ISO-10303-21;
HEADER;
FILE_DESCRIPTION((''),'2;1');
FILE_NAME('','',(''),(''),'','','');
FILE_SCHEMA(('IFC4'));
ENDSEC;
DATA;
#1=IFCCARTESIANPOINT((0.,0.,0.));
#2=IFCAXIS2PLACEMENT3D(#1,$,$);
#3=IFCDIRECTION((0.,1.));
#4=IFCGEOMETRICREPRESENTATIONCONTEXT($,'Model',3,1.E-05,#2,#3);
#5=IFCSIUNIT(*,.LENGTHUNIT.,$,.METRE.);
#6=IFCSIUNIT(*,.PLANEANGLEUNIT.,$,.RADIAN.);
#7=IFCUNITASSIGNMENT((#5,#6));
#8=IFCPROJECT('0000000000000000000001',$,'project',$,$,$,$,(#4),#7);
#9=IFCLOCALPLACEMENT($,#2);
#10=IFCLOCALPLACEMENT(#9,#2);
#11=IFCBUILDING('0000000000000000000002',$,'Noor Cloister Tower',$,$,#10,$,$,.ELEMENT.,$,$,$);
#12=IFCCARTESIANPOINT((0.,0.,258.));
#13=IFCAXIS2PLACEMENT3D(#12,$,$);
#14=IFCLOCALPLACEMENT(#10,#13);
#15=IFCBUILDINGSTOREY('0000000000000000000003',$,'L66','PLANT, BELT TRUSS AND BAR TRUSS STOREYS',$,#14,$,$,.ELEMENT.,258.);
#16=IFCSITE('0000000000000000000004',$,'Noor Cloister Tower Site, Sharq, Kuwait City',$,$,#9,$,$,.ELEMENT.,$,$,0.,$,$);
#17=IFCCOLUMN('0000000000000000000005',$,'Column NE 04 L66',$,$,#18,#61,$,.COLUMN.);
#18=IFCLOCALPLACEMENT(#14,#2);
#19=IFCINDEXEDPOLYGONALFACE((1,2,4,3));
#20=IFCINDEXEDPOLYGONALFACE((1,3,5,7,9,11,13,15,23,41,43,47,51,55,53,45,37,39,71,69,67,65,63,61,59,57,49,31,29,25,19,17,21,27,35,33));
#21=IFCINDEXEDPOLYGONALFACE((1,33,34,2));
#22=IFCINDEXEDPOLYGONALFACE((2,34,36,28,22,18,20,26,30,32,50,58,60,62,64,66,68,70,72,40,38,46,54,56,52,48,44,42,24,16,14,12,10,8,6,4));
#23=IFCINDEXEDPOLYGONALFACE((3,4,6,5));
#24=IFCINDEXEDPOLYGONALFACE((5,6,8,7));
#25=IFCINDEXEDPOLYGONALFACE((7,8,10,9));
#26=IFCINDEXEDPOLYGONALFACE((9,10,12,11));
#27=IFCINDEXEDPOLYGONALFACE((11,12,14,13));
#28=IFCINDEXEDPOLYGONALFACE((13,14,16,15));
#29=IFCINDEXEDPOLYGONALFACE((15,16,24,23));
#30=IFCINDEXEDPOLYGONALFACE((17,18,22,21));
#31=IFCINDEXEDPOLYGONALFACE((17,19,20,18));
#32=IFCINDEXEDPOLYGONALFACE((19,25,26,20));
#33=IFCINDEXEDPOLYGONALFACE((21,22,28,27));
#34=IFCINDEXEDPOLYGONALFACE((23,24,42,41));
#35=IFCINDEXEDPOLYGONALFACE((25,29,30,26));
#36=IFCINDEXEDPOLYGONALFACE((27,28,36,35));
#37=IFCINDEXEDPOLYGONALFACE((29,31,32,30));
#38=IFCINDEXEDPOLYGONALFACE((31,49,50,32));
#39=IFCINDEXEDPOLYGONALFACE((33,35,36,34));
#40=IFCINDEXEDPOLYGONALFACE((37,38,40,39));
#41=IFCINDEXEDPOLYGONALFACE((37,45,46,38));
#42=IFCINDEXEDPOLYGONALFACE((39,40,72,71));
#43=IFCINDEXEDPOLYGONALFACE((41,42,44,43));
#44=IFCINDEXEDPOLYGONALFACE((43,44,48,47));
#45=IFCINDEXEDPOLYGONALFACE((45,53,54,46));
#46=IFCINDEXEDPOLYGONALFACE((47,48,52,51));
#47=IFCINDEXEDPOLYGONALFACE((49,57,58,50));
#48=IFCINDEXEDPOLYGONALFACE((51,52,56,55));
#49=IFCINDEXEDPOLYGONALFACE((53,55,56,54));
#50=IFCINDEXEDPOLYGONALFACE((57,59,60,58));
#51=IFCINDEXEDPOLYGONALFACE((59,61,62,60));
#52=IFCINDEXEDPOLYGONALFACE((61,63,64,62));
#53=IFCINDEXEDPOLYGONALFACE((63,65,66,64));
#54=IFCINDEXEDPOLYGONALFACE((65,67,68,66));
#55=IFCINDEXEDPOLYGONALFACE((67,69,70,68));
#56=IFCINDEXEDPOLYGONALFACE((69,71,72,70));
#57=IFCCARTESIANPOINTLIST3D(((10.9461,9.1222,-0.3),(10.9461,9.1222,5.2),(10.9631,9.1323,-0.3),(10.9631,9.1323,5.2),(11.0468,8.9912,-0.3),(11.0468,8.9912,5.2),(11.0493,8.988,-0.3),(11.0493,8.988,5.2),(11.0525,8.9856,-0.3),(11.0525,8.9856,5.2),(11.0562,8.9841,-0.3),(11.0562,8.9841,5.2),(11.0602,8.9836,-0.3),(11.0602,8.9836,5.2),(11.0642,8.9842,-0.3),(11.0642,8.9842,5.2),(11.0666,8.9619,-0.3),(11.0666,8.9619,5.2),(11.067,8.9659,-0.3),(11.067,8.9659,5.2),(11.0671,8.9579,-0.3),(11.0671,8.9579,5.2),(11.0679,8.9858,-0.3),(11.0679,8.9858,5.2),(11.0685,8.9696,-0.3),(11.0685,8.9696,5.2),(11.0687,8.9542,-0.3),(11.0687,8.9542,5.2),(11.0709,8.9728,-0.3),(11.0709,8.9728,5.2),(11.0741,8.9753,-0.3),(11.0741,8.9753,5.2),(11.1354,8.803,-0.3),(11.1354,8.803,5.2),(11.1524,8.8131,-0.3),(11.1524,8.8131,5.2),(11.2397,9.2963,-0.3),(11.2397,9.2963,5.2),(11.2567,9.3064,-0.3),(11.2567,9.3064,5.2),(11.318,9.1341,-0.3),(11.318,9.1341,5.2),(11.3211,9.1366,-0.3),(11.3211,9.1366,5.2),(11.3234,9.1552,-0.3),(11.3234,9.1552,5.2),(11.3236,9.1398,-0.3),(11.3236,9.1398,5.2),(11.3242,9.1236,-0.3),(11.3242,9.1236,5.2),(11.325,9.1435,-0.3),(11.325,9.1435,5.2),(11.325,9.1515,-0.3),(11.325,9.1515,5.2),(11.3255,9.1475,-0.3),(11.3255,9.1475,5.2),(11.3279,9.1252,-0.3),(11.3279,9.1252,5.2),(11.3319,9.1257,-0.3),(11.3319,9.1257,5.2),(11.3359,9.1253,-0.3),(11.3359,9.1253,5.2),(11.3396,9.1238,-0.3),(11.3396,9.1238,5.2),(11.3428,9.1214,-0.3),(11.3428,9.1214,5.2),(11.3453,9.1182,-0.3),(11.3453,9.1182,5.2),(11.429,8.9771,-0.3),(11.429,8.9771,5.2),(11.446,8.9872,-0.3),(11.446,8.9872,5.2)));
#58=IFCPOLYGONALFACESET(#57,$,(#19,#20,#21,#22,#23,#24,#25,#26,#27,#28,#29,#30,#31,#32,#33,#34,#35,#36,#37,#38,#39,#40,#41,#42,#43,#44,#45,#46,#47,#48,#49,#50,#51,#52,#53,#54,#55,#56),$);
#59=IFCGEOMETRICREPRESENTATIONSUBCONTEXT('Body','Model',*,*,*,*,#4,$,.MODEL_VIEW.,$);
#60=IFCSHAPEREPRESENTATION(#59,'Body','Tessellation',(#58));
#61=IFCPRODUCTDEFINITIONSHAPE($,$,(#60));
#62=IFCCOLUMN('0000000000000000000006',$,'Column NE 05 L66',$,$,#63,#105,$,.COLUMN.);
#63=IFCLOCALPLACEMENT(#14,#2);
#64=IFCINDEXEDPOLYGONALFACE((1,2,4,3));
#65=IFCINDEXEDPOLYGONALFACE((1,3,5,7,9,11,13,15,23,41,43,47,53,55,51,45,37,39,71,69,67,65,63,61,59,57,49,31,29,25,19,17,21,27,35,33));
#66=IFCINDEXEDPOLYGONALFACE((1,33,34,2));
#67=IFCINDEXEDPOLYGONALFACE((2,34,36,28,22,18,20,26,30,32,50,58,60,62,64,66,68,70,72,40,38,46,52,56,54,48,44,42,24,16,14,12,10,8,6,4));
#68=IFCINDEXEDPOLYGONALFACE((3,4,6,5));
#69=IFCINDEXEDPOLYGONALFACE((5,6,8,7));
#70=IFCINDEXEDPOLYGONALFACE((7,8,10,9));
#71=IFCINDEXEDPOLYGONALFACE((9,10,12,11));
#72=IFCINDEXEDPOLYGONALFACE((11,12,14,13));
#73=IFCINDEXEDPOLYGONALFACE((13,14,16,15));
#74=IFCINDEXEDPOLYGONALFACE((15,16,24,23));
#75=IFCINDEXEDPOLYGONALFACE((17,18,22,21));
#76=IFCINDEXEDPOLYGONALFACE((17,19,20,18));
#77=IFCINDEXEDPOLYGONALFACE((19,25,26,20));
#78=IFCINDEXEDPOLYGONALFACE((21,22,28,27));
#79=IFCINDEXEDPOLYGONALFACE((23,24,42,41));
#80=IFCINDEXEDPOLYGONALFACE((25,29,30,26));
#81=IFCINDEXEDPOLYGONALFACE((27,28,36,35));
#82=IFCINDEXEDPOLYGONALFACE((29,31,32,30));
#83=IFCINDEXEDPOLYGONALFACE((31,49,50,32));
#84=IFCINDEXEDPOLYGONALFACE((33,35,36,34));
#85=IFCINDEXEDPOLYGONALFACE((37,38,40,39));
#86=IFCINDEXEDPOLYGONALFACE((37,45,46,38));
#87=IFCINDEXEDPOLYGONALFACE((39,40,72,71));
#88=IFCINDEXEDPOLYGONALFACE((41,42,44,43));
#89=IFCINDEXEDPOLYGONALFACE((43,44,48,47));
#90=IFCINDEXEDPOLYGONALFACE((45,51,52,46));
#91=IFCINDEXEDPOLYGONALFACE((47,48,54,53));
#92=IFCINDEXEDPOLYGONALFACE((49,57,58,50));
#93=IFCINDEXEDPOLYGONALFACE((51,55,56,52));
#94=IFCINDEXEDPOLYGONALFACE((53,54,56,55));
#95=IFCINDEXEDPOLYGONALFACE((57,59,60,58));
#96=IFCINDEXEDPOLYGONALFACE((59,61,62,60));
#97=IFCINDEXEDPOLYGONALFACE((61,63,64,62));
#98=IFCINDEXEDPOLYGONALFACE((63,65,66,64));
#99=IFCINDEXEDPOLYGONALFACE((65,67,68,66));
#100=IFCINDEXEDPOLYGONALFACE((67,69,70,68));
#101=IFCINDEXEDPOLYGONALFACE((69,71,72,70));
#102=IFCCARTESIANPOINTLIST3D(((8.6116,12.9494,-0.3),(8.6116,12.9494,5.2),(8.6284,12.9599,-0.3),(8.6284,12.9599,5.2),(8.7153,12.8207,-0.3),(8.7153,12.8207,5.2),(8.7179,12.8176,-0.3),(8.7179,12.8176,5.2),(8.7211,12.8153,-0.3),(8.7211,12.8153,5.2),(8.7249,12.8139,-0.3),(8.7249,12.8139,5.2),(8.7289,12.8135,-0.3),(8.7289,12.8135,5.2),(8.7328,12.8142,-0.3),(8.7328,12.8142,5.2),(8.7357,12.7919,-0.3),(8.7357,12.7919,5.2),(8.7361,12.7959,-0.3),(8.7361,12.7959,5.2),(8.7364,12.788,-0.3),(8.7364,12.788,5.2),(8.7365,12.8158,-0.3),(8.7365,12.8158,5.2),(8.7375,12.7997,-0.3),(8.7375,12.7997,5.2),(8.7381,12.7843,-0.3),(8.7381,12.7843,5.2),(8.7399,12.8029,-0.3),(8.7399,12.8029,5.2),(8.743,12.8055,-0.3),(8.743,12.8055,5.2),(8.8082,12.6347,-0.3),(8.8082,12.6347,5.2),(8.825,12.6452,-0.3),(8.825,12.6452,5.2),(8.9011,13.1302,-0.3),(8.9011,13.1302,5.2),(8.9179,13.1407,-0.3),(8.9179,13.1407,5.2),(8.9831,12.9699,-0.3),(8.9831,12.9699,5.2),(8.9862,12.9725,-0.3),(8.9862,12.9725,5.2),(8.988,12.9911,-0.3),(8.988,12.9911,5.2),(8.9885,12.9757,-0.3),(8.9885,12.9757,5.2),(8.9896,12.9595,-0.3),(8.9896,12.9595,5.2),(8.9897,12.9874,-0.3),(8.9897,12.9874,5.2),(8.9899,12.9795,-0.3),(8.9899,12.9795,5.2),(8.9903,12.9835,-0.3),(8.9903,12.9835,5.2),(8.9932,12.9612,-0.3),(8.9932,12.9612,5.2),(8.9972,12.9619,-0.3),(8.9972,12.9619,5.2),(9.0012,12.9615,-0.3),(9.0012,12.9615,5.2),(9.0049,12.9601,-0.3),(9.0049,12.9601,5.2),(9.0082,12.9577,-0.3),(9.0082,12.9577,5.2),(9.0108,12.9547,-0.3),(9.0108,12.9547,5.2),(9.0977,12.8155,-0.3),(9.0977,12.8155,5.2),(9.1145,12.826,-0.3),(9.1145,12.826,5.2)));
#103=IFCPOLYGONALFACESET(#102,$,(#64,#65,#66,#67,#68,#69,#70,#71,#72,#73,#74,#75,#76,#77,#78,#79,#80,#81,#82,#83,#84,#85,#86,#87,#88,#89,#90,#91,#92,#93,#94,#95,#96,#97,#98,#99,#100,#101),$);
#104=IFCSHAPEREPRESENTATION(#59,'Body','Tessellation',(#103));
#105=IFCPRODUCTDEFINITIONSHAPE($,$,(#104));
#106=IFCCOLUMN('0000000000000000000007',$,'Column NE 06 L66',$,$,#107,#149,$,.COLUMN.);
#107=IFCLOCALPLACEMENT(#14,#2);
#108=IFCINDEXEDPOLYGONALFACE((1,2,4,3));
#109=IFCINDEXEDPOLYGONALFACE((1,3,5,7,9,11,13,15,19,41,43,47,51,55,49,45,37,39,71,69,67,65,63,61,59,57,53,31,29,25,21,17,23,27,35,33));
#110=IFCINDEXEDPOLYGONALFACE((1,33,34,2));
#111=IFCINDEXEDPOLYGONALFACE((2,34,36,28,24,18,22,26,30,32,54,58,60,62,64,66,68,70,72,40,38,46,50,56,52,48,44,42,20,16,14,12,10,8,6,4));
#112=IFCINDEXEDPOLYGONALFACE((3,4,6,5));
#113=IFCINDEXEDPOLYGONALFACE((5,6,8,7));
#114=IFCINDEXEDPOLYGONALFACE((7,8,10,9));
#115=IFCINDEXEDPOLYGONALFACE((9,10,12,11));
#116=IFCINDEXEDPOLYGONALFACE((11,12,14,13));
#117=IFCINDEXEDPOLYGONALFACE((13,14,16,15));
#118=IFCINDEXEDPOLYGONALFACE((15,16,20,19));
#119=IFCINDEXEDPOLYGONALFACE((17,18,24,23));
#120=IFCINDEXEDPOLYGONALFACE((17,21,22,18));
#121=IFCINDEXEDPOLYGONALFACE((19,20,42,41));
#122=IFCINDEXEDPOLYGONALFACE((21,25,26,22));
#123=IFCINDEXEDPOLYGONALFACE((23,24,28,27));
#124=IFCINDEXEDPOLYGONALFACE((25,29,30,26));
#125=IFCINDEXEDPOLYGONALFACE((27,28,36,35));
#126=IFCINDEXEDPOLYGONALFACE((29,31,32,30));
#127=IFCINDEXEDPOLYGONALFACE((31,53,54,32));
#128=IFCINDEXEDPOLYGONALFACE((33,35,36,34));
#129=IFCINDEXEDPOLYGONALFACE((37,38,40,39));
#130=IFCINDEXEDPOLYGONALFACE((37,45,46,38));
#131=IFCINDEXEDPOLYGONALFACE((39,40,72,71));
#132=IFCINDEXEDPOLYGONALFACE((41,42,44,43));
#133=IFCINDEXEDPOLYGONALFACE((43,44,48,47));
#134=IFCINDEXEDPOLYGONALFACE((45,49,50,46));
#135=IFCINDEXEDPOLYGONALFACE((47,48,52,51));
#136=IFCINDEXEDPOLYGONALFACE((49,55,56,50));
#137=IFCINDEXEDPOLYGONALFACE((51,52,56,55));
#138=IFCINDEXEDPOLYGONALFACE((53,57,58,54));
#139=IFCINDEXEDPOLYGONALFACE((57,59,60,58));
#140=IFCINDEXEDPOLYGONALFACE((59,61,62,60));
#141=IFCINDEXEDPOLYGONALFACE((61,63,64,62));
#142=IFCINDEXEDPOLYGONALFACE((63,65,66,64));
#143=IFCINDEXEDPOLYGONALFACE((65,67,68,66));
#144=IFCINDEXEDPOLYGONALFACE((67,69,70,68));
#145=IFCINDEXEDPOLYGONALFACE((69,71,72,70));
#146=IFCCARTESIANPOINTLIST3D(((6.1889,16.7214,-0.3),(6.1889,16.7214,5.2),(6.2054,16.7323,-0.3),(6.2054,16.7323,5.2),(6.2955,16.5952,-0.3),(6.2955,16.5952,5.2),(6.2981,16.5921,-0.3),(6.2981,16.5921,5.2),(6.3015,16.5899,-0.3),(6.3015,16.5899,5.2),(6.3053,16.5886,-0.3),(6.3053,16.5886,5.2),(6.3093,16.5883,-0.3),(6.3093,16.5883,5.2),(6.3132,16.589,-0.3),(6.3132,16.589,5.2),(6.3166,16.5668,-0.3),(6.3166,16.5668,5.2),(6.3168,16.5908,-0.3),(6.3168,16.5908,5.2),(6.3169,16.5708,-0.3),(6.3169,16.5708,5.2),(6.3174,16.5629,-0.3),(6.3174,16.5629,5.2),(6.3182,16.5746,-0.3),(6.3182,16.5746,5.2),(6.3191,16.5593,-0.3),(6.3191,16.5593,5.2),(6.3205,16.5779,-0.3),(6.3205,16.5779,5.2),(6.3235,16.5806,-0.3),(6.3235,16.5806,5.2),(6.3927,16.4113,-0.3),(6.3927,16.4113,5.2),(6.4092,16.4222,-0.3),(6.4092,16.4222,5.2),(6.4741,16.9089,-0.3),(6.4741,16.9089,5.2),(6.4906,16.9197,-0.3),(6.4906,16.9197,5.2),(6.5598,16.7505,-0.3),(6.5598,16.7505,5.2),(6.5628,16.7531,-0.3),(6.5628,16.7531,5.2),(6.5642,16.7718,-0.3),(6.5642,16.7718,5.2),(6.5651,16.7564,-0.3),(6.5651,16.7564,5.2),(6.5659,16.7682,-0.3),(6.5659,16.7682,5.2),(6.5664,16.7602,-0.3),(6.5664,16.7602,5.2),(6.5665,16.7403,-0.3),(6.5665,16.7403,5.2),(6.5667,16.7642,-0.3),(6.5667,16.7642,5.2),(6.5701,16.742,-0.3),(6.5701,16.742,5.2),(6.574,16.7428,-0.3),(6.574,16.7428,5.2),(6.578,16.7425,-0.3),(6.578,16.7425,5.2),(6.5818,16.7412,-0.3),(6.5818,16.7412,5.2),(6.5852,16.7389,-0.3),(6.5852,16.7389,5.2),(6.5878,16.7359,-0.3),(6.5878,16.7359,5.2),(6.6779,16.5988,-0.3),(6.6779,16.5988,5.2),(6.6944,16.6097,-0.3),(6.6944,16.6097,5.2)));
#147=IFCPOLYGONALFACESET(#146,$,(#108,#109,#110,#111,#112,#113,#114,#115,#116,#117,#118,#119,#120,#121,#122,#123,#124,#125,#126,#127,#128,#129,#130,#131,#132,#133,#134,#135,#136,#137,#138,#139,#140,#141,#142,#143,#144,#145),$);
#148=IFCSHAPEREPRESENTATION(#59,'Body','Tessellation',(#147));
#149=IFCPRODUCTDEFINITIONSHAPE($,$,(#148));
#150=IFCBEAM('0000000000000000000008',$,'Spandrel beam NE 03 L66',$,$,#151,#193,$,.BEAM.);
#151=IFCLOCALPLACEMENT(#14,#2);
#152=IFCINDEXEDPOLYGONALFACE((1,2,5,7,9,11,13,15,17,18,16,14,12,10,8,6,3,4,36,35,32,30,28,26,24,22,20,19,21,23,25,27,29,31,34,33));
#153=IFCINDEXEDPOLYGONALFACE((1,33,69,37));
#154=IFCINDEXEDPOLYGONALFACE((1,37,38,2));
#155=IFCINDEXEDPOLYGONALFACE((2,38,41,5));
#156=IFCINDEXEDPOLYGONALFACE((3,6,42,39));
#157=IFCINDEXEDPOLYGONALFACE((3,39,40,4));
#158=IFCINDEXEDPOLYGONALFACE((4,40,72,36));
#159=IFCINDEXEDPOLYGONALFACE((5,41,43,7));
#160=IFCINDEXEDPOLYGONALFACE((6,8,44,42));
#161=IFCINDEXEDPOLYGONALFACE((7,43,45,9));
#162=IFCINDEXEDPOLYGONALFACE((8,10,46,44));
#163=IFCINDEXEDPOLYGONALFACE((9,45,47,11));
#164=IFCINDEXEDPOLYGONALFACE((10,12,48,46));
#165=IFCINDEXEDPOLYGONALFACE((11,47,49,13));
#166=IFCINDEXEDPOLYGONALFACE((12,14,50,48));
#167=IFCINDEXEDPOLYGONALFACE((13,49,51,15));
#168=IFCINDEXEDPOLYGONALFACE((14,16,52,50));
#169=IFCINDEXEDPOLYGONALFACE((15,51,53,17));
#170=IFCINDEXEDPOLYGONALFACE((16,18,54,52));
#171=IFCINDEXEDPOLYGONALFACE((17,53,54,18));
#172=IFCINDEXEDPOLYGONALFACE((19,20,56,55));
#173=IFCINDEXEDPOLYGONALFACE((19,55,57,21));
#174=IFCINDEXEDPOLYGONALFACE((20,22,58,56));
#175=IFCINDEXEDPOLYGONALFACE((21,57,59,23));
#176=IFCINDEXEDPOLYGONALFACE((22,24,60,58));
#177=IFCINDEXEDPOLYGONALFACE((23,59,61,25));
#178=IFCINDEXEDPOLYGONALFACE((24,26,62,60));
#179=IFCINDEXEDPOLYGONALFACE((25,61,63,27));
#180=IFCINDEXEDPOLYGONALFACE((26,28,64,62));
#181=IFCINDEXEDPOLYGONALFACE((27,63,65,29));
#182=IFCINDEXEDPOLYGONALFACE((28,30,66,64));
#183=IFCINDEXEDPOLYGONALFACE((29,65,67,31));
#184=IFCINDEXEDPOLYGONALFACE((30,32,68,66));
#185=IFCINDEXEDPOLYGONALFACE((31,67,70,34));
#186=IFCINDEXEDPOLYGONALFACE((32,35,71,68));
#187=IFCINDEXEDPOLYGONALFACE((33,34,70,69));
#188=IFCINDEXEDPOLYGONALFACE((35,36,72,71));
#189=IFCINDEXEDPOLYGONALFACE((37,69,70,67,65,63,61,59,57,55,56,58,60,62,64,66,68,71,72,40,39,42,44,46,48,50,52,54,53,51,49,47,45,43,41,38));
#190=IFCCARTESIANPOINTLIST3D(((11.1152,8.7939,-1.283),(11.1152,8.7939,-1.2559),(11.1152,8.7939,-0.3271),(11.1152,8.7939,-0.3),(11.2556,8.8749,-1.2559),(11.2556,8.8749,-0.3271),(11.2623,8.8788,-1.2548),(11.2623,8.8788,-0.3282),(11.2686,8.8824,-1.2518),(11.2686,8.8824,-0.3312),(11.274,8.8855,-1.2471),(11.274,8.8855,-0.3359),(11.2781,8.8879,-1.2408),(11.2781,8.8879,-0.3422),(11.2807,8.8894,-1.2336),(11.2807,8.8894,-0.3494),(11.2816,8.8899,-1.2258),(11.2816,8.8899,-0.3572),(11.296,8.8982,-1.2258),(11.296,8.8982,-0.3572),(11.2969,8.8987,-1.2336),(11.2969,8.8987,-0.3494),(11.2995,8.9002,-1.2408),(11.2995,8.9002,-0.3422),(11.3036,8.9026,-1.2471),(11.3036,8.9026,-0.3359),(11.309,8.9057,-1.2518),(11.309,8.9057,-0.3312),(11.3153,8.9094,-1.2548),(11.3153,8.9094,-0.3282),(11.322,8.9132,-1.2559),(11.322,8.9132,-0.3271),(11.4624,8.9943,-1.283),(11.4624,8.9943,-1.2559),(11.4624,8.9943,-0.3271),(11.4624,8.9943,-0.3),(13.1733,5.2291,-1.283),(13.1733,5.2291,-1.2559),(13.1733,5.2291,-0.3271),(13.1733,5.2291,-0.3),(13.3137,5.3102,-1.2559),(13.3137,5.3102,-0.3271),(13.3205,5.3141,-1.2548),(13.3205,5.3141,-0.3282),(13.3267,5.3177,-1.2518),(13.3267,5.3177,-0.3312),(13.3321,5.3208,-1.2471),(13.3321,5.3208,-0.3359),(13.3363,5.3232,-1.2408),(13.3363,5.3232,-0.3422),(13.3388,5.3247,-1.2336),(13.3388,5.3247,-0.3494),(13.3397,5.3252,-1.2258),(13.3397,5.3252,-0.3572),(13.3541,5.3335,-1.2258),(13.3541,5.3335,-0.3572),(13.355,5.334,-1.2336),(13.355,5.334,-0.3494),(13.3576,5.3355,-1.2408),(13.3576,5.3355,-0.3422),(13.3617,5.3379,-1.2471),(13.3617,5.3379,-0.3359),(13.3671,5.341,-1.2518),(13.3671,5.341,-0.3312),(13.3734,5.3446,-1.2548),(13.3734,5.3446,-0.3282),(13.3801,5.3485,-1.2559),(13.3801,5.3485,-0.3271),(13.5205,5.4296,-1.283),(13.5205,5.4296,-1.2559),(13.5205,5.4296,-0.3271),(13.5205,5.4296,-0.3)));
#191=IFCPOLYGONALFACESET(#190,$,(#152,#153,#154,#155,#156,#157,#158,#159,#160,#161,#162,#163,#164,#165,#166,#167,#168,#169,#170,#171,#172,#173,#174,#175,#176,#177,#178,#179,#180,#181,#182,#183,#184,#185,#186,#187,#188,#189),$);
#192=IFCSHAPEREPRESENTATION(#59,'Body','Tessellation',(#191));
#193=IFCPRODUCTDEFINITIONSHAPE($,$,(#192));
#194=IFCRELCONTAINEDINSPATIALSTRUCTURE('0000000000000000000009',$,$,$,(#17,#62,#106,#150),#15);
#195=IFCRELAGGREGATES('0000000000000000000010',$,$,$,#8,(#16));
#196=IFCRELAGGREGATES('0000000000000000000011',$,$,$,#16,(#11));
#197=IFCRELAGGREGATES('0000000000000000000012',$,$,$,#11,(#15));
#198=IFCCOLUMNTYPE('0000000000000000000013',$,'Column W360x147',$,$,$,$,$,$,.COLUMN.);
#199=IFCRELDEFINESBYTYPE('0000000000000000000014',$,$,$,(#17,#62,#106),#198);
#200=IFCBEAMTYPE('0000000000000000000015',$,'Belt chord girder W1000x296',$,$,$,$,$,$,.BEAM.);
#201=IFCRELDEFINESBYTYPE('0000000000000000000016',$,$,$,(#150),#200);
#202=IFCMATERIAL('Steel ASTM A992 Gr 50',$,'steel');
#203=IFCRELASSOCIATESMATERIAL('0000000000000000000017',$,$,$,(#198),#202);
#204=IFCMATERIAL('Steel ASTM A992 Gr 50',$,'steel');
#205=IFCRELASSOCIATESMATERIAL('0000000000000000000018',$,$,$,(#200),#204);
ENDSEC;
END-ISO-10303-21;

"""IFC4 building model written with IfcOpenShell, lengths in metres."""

from ifc_helpers import new_model, si_unit, direction, frame, origin, origin_2d, place, context, subcontext, project, spatial, i_section, extrude, material, material_profile, profile_set, type_object, element, save


model = new_model("IFC4")

# Units and contexts
model_context = context("Model", 3, precision=1e-05, world=origin(), true_north=direction((0.0, 1.0)))
body_context = subcontext(model_context, "Body", "Model", "MODEL_VIEW")
ifc_project = project(units=[si_unit("LENGTHUNIT", "METRE"), si_unit("PLANEANGLEUNIT", "RADIAN")], contexts=[model_context])

# Site, building, storey
site_placement = place(None, origin())
site = spatial("IfcSite", under=ifc_project, at=site_placement, Name="Noor Cloister Tower Site, Sharq, Kuwait City", CompositionType="ELEMENT", RefElevation=0.0)
building_placement = place(site_placement, origin())
building = spatial("IfcBuilding", under=site, at=building_placement, Name="Noor Cloister Tower", CompositionType="ELEMENT")
storey_placement = place(building_placement, frame((0.0, 0.0, 258.0)))
storey = spatial("IfcBuildingStorey", under=building, at=storey_placement, Name="L66", Description="PLANT, BELT TRUSS AND BAR TRUSS STOREYS", CompositionType="ELEMENT", Elevation=258.0)

# Columns
ifc_material_1 = material(Name="Steel ASTM A992 Gr 50", Category="steel")
ifc_material_profile_1 = material_profile(ifc_material_1, i_section(OverallWidth=0.3711, OverallDepth=0.3611, WebThickness=0.0122, FlangeThickness=0.0198, FilletRadius=0.0154, at=origin_2d()), Name="W360x147")
ifc_profile_set_1 = profile_set([ifc_material_profile_1], Name="Steel ASTM A992 Gr 50")
column_type = type_object("IfcColumnType", Name="Column W360x147", PredefinedType="COLUMN", material=ifc_profile_set_1)
for number, where, z_axis, x_axis, name in (
    (1, (11.196, 9.0547, -0.3), (0.0, 0.0, 1.0), (-0.510009, 0.860169, 0.0), "Column NE 04 L66"),
    (2, (8.863, 12.8877, -0.3), (0.0, 0.0, 1.0), (-0.529819, 0.848111, 0.0), "Column NE 05 L66"),
    (3, (6.4417, 16.6655, -0.3), (0.0, 0.0, 1.0), (-0.549345, 0.835596, 0.0), "Column NE 06 L66"),
):
    element("IfcColumn", number, at=place(storey_placement, frame(where, z_axis=z_axis, x_axis=x_axis)), inside=storey, type_object=column_type, Name=name, PredefinedType="COLUMN", context=body_context, shape_type="SweptSolid", body=[
        extrude(i_section(OverallWidth=0.3711, OverallDepth=0.3611, WebThickness=0.0122, FlangeThickness=0.0198, FilletRadius=0.0154, at=origin_2d()), origin(), (0.0, 0.0, 1.0), 5.5),
    ])

# Beam
ifc_material_2 = material(Name="Steel ASTM A992 Gr 50", Category="steel")
ifc_material_profile_2 = material_profile(ifc_material_2, i_section(OverallWidth=0.4009, OverallDepth=0.9829, WebThickness=0.0166, FlangeThickness=0.0271, FilletRadius=0.03, at=origin_2d()), Name="W1000x296")
ifc_profile_set_2 = profile_set([ifc_material_profile_2], Name="Steel ASTM A992 Gr 50")
beam_type_1 = type_object("IfcBeamType", Name="Belt chord girder W1000x296", PredefinedType="BEAM", material=ifc_profile_set_2)
for number, where, z_axis, x_axis, name in (
    (4, (13.3469, 5.3293, -0.7915), (-0.500005, 0.866023, 0.0), (-0.866023, -0.500005, 0.0), "Spandrel beam NE 03 L66"),
):
    element("IfcBeam", number, at=place(storey_placement, frame(where, z_axis=z_axis, x_axis=x_axis)), inside=storey, type_object=beam_type_1, Name=name, PredefinedType="BEAM", context=body_context, shape_type="SweptSolid", body=[
        extrude(i_section(OverallWidth=0.4009, OverallDepth=0.9829, WebThickness=0.0166, FlangeThickness=0.0271, FilletRadius=0.03, at=origin_2d()), origin(), (0.0, 0.0, 1.0), 4.1162),
    ])

save(model, "model.ifc")
